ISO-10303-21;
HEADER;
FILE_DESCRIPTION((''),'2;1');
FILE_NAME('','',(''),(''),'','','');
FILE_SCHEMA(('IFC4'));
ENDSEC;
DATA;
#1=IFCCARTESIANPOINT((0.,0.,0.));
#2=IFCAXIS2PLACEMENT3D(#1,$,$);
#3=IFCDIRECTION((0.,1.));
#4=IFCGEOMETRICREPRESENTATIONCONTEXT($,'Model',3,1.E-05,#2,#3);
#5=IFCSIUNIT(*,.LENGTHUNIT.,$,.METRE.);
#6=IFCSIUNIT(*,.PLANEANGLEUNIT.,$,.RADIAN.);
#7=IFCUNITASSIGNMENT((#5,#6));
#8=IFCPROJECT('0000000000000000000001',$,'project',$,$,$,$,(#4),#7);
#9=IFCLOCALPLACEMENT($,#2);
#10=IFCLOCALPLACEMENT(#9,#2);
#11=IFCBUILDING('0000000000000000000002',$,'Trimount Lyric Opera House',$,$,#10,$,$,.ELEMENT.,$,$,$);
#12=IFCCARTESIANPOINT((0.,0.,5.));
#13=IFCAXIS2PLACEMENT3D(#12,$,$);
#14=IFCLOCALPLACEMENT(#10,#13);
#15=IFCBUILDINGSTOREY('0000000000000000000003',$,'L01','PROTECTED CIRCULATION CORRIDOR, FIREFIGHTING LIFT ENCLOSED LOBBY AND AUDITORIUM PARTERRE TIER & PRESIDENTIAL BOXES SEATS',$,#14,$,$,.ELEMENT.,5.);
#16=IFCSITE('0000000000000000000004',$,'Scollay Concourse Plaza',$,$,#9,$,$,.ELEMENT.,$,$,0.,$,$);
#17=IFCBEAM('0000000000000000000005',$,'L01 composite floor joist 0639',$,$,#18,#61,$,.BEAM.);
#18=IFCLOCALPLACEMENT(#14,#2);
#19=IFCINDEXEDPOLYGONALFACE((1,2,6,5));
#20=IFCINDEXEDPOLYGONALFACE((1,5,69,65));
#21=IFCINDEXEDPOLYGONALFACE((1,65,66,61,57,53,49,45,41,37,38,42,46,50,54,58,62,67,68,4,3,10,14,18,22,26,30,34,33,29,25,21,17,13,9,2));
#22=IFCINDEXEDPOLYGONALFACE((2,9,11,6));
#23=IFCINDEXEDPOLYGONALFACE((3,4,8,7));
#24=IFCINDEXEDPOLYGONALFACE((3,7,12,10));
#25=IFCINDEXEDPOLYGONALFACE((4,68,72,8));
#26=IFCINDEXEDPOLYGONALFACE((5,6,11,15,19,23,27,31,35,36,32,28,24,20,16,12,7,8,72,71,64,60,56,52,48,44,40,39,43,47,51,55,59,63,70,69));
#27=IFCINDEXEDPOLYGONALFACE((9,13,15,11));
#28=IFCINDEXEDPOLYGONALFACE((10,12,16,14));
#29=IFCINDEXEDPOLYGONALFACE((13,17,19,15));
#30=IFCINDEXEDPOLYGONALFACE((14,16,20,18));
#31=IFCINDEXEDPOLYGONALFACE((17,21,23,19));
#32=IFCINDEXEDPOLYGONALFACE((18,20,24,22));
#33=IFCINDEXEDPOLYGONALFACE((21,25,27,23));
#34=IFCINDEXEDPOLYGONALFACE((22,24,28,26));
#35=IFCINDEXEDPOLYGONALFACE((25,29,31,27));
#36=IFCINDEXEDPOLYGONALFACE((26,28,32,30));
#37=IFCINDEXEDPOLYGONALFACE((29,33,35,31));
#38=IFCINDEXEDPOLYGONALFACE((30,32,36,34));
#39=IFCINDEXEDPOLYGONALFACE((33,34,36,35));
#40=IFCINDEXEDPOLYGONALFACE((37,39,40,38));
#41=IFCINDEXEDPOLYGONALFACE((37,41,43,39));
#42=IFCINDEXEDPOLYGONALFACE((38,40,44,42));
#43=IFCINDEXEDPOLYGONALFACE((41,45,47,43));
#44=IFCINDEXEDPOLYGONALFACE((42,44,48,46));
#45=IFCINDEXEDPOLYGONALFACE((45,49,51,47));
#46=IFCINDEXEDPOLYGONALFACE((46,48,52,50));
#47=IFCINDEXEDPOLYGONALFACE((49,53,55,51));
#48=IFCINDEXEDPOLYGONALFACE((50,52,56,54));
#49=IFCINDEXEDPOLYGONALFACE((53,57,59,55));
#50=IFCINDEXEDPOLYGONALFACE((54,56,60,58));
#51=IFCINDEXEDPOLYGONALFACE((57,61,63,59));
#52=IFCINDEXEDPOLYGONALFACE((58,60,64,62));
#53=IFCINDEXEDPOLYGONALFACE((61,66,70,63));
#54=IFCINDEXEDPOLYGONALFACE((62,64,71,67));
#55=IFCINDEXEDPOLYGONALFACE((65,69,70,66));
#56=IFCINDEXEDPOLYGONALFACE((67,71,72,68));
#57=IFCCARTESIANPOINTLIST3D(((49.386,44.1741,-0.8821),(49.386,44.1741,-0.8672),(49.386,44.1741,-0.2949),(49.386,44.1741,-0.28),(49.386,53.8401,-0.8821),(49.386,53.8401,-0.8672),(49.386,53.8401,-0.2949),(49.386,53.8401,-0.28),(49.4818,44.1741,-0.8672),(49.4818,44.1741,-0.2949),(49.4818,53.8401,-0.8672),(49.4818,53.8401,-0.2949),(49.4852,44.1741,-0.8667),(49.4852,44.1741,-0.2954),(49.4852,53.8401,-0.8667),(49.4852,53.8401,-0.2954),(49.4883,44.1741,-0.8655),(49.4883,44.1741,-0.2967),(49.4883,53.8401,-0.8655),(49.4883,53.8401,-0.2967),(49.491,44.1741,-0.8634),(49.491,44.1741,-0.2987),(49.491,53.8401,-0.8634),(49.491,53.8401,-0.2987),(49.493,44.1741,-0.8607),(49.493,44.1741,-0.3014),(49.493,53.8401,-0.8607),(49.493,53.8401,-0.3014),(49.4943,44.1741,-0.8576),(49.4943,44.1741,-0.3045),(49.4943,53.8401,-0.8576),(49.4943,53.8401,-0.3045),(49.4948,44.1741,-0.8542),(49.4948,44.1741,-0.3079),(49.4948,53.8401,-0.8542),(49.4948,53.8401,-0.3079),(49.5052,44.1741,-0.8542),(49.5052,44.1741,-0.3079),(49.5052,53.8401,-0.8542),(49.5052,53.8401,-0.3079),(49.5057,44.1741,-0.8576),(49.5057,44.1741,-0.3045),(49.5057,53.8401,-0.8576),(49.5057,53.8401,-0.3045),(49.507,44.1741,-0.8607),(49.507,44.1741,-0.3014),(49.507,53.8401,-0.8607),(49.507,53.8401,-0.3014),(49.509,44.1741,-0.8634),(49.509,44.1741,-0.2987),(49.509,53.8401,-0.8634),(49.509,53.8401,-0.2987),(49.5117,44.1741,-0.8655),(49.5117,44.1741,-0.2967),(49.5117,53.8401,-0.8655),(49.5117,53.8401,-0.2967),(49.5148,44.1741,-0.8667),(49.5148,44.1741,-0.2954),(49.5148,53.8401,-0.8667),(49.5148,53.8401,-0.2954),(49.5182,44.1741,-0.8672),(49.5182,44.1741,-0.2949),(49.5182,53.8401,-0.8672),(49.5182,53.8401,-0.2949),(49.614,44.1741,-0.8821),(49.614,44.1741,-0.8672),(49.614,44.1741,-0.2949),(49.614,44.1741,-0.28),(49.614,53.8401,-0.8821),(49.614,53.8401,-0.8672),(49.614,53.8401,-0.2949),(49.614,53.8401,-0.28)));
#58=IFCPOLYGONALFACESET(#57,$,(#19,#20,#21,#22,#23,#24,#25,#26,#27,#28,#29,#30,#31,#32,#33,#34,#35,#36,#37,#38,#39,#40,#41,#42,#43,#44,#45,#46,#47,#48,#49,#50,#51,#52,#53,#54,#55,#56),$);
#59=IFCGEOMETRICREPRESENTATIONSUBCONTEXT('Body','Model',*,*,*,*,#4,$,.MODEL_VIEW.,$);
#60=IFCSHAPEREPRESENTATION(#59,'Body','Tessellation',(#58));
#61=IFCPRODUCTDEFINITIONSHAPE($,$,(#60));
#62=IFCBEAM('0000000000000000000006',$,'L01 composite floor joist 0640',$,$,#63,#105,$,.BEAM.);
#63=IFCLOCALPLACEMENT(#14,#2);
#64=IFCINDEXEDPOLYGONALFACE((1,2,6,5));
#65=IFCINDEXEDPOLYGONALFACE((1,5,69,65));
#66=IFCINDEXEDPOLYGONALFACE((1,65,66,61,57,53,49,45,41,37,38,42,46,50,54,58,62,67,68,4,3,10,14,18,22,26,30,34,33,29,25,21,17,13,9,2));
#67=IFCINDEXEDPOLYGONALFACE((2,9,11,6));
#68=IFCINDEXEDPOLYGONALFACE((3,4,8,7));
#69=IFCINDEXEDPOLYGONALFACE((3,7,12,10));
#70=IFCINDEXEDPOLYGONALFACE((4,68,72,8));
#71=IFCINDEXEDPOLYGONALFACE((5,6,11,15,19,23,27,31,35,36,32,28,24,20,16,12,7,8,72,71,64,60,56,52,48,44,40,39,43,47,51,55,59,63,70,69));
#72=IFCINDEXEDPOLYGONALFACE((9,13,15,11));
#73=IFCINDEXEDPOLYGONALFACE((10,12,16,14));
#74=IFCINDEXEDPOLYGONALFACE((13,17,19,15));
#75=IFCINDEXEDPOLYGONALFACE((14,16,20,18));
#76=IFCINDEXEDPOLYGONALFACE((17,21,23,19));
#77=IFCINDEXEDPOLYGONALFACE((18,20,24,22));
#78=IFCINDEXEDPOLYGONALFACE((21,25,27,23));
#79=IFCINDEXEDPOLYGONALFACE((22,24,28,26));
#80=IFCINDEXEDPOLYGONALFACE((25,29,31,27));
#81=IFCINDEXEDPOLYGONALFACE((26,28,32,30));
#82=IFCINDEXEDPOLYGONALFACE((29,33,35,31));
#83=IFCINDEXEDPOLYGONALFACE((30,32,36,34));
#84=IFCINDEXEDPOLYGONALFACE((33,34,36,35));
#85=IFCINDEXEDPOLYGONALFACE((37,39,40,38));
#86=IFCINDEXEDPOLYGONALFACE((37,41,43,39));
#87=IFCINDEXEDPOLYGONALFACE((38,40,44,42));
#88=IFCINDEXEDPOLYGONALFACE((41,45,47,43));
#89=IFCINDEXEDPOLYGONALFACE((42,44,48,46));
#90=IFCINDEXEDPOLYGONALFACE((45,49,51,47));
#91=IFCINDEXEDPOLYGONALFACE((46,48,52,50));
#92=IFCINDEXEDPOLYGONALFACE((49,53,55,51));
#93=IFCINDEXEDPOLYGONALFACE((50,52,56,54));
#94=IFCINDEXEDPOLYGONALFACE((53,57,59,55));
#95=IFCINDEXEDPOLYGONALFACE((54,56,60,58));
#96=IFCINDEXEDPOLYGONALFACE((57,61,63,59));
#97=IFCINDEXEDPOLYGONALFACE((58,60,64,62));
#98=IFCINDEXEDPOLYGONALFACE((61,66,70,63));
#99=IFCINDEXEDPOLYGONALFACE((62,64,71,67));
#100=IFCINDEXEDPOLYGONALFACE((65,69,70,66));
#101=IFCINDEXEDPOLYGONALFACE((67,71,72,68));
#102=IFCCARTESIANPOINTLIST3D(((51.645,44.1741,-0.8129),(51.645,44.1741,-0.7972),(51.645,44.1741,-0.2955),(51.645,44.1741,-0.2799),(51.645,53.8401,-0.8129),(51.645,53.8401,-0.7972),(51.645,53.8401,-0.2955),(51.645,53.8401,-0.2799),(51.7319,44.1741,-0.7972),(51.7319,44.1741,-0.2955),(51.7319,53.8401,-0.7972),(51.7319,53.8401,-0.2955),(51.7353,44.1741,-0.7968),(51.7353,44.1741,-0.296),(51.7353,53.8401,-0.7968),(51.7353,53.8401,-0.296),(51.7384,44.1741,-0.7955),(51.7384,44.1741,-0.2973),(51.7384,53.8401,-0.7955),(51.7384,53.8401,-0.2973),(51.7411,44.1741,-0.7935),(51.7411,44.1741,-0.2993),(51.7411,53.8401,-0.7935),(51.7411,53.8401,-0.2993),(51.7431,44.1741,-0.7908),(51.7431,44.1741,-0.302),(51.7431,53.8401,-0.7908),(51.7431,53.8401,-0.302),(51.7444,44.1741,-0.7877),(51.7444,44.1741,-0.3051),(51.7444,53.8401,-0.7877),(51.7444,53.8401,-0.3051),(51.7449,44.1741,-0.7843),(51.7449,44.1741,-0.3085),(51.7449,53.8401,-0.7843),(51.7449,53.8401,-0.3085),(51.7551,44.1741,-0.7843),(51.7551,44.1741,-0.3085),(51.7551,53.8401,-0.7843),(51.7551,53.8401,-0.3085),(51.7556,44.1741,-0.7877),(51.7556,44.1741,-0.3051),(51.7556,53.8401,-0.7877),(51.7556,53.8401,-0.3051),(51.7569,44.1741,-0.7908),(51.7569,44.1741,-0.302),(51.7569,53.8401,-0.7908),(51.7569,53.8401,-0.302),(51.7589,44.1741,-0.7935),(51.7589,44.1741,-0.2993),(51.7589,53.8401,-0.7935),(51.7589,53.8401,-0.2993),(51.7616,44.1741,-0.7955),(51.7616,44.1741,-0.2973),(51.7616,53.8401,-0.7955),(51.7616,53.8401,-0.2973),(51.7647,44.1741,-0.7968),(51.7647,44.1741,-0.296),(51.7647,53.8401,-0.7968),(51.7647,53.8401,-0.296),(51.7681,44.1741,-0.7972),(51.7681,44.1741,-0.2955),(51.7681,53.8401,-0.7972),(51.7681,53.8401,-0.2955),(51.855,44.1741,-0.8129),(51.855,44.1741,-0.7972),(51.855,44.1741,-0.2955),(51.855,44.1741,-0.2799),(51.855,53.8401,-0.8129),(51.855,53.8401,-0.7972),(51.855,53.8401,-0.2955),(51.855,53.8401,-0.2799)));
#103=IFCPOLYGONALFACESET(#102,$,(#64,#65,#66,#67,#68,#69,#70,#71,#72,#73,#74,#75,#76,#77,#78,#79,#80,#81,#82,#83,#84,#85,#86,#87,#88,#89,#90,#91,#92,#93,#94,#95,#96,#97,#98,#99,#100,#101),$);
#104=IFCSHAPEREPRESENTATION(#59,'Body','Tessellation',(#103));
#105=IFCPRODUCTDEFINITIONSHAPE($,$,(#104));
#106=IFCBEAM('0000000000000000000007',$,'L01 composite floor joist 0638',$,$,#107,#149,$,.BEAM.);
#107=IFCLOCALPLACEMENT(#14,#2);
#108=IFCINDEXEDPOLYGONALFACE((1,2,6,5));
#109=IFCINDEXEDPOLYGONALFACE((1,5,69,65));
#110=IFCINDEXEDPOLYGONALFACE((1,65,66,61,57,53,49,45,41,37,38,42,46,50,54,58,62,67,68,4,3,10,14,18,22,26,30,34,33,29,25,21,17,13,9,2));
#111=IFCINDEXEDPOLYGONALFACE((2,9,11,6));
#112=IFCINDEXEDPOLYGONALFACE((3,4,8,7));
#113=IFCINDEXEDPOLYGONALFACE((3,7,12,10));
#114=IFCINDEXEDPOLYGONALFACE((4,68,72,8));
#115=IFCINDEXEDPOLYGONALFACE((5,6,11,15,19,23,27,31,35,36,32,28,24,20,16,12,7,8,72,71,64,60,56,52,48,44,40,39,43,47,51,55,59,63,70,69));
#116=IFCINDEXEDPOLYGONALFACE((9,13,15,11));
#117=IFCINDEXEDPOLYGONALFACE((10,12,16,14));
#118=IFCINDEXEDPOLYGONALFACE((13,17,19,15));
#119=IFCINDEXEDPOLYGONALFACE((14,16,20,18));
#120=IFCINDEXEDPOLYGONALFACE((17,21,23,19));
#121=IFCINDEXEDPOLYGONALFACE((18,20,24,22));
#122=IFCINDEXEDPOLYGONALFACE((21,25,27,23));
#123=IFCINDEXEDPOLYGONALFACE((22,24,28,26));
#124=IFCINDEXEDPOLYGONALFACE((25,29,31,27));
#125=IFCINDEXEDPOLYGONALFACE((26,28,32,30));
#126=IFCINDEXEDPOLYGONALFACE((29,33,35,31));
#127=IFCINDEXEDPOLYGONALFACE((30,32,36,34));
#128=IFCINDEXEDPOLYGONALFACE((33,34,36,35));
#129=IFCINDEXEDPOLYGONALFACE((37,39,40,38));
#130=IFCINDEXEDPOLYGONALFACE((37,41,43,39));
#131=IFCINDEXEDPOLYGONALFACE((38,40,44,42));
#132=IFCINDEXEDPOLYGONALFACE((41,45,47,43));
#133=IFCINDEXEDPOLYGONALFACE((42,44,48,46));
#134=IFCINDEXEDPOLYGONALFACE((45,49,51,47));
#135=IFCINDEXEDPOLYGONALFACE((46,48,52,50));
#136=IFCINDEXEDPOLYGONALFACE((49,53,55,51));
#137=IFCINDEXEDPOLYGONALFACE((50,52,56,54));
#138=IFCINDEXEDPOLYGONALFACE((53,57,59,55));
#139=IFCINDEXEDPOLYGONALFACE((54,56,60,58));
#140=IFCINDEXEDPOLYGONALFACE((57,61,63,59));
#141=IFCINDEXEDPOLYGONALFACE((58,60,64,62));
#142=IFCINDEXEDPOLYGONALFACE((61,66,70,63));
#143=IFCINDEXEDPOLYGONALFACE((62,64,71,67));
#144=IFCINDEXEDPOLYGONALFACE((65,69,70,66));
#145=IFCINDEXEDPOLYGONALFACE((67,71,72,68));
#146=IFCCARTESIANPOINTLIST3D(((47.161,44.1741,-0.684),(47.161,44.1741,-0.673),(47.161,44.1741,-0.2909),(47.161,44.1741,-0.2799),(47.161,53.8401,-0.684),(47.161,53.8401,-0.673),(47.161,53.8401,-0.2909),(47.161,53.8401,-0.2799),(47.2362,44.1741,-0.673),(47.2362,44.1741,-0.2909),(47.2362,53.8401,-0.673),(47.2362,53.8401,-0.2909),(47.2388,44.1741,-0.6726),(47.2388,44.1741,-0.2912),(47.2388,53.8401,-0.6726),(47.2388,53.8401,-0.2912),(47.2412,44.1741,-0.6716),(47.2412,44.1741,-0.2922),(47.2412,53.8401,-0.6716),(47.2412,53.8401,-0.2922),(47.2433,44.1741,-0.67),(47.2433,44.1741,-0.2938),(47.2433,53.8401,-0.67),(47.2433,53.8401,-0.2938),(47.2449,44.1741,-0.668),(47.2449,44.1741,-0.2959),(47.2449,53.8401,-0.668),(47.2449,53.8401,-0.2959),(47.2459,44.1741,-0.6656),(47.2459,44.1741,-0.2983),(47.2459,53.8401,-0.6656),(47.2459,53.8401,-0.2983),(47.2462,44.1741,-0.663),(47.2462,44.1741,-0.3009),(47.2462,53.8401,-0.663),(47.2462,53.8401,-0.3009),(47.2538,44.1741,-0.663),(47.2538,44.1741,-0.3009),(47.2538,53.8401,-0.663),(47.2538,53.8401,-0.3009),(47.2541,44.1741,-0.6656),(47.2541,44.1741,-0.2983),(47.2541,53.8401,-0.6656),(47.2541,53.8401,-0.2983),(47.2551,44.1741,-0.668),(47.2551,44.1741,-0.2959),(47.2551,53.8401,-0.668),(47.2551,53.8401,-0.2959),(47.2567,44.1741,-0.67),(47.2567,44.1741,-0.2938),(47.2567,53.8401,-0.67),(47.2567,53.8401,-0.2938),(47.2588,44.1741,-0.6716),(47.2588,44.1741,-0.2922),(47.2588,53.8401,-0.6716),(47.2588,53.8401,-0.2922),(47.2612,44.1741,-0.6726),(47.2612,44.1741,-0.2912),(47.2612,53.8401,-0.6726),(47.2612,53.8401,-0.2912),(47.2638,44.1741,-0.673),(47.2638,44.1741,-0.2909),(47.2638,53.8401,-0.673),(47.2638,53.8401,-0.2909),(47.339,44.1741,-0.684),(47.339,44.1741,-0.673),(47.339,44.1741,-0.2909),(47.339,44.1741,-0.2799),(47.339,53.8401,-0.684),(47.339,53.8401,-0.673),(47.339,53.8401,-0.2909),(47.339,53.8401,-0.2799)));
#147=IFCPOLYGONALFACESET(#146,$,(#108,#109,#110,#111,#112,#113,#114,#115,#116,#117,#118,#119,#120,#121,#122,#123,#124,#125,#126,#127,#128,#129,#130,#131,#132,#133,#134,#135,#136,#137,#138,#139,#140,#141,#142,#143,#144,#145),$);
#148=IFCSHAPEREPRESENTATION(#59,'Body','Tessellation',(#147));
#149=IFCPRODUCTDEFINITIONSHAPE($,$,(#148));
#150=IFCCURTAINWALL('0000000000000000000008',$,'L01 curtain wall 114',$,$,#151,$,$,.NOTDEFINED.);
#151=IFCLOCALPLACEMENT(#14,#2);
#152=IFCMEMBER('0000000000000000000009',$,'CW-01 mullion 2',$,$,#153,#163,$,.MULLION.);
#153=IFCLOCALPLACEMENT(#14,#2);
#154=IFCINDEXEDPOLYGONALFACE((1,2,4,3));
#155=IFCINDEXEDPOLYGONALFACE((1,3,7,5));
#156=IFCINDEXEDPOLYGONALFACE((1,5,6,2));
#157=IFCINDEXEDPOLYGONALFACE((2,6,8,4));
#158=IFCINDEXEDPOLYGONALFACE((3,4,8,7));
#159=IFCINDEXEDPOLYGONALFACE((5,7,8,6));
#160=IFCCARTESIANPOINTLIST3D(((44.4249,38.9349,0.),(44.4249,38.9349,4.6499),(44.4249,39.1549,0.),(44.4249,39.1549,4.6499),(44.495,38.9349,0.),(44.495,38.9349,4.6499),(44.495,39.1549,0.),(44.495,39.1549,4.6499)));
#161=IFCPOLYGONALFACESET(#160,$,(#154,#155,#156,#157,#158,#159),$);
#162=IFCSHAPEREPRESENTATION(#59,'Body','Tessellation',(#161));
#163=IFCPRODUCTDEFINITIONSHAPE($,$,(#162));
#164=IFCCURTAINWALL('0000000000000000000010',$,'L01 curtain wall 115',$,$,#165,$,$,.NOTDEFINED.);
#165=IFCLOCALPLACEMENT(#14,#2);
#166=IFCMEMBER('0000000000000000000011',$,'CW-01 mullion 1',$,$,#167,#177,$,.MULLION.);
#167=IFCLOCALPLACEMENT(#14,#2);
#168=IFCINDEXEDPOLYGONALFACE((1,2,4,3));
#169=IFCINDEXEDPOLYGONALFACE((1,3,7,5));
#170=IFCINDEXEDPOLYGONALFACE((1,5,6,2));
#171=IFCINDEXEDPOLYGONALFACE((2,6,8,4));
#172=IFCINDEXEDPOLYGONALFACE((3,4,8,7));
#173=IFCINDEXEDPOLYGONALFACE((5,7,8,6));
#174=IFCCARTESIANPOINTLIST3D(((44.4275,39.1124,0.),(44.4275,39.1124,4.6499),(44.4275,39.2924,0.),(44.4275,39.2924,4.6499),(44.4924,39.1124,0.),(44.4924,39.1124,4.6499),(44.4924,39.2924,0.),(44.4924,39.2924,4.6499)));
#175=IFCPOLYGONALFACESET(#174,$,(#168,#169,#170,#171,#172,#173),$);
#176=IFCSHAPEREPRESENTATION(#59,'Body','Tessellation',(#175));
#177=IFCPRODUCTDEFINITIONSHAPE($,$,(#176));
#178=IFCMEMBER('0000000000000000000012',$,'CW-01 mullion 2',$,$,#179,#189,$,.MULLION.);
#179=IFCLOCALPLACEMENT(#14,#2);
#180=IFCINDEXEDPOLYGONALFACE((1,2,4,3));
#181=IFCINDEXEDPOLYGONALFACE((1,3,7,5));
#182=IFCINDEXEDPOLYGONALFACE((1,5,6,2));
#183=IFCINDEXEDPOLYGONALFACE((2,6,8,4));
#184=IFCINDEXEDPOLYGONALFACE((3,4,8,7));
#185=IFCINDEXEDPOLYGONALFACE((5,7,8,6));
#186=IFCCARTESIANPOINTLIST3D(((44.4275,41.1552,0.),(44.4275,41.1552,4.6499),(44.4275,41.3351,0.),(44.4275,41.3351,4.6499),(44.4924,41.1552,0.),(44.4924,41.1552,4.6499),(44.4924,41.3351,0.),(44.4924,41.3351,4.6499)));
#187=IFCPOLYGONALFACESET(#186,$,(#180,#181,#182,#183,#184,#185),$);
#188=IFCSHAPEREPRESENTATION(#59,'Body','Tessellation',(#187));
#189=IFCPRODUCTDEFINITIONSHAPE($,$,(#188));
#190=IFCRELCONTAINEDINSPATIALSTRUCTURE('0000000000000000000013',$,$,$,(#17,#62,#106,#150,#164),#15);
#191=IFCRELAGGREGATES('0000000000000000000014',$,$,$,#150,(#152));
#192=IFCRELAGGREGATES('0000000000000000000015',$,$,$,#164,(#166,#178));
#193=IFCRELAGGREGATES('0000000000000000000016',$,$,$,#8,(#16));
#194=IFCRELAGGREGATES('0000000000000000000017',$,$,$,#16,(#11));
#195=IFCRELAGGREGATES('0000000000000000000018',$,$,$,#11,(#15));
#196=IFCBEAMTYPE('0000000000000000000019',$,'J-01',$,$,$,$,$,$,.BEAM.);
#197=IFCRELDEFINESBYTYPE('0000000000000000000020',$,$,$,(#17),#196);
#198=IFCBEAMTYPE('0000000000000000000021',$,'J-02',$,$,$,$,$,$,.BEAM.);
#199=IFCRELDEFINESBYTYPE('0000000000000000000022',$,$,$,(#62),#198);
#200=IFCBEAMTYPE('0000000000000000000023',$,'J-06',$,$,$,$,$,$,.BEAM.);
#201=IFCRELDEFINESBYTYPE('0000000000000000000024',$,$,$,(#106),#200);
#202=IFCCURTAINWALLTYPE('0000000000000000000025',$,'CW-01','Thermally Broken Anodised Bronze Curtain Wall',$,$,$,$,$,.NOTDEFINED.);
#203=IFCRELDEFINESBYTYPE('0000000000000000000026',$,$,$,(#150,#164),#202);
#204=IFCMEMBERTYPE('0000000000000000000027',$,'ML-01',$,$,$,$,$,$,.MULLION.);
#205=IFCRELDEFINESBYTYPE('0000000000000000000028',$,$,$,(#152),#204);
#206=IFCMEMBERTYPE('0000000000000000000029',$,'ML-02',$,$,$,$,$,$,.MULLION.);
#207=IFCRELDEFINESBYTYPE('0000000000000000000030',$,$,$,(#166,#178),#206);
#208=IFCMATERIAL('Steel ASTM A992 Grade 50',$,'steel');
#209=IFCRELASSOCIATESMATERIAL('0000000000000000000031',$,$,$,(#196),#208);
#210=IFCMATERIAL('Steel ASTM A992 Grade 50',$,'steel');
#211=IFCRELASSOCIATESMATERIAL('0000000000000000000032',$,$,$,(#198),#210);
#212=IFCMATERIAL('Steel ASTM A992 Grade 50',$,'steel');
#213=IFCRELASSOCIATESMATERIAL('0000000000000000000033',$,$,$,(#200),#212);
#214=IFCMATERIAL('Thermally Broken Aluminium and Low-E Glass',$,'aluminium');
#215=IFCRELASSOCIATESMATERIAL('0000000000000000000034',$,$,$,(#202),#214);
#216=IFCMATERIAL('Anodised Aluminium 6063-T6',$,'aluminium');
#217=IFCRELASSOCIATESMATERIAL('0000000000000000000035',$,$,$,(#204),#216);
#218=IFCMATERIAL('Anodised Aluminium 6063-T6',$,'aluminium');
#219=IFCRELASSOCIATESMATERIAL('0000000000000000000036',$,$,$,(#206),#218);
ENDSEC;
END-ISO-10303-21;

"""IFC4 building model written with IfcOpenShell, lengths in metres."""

from ifc_helpers import new_model, si_unit, direction, frame, origin, origin_2d, place, context, subcontext, project, spatial, rectangle, i_section, extrude, material, material_profile, profile_set, type_object, element, aggregate, save


model = new_model("IFC4")

# Units and contexts
model_context = context("Model", 3, precision=1e-05, world=origin(), true_north=direction((0.0, 1.0)))
body_context = subcontext(model_context, "Body", "Model", "MODEL_VIEW")
ifc_project = project(units=[si_unit("LENGTHUNIT", "METRE"), si_unit("PLANEANGLEUNIT", "RADIAN")], contexts=[model_context])

# Site, building, storey
site_placement = place(None, origin())
site = spatial("IfcSite", under=ifc_project, at=site_placement, Name="Scollay Concourse Plaza", CompositionType="ELEMENT", RefElevation=0.0)
building_placement = place(site_placement, origin())
building = spatial("IfcBuilding", under=site, at=building_placement, Name="Trimount Lyric Opera House", CompositionType="ELEMENT")
storey_placement = place(building_placement, frame((0.0, 0.0, 5.0)))
storey = spatial("IfcBuildingStorey", under=building, at=storey_placement, Name="L01", Description="PROTECTED CIRCULATION CORRIDOR, FIREFIGHTING LIFT ENCLOSED LOBBY AND AUDITORIUM PARTERRE TIER & PRESIDENTIAL BOXES SEATS", CompositionType="ELEMENT", Elevation=5.0)

# Beams
ifc_material_1 = material(Name="Steel ASTM A992 Grade 50", Category="steel")
ifc_material_profile_1 = material_profile(ifc_material_1, i_section(OverallWidth=0.228, OverallDepth=0.6021, WebThickness=0.0105, FlangeThickness=0.0149, FilletRadius=0.0129, at=origin_2d()), Name="W24X68")
ifc_profile_set_1 = profile_set([ifc_material_profile_1], Name="Steel ASTM A992 Grade 50")
beam_type_1 = type_object("IfcBeamType", Name="J-01", PredefinedType="BEAM", material=ifc_profile_set_1)
beam_1_placement = place(storey_placement, frame((49.5, 44.1741, -0.5811), z_axis=(0.0, 1.0, 0.0), x_axis=(-1.0, 0.0, 0.0)))
element("IfcBeam", 1, at=beam_1_placement, inside=storey, type_object=beam_type_1, Name="L01 composite floor joist 0639", PredefinedType="BEAM", context=body_context, shape_type="SweptSolid", body=[
    extrude(i_section(OverallWidth=0.228, OverallDepth=0.6021, WebThickness=0.0105, FlangeThickness=0.0149, FilletRadius=0.0129, at=origin_2d()), origin(), (0.0, 0.0, 1.0), 9.666),
])
ifc_material_2 = material(Name="Steel ASTM A992 Grade 50", Category="steel")
ifc_material_profile_2 = material_profile(ifc_material_2, i_section(OverallWidth=0.21, OverallDepth=0.533, WebThickness=0.0103, FlangeThickness=0.0156, FilletRadius=0.0129, at=origin_2d()), Name="W21X62")
ifc_profile_set_2 = profile_set([ifc_material_profile_2], Name="Steel ASTM A992 Grade 50")
beam_type_2 = type_object("IfcBeamType", Name="J-02", PredefinedType="BEAM", material=ifc_profile_set_2)
beam_2_placement = place(storey_placement, frame((51.75, 44.1741, -0.5464), z_axis=(0.0, 1.0, 0.0), x_axis=(-1.0, 0.0, 0.0)))
element("IfcBeam", 2, at=beam_2_placement, inside=storey, type_object=beam_type_2, Name="L01 composite floor joist 0640", PredefinedType="BEAM", context=body_context, shape_type="SweptSolid", body=[
    extrude(i_section(OverallWidth=0.21, OverallDepth=0.533, WebThickness=0.0103, FlangeThickness=0.0156, FilletRadius=0.0129, at=origin_2d()), origin(), (0.0, 0.0, 1.0), 9.666),
])
ifc_material_3 = material(Name="Steel ASTM A992 Grade 50", Category="steel")
ifc_material_profile_3 = material_profile(ifc_material_3, i_section(OverallWidth=0.178, OverallDepth=0.4041, WebThickness=0.0076, FlangeThickness=0.011, FilletRadius=0.01, at=origin_2d()), Name="W16X36")
ifc_profile_set_3 = profile_set([ifc_material_profile_3], Name="Steel ASTM A992 Grade 50")
beam_type_3 = type_object("IfcBeamType", Name="J-06", PredefinedType="BEAM", material=ifc_profile_set_3)
beam_3_placement = place(storey_placement, frame((47.25, 44.1741, -0.4819), z_axis=(0.0, 1.0, 0.0), x_axis=(-1.0, 0.0, 0.0)))
element("IfcBeam", 3, at=beam_3_placement, inside=storey, type_object=beam_type_3, Name="L01 composite floor joist 0638", PredefinedType="BEAM", context=body_context, shape_type="SweptSolid", body=[
    extrude(i_section(OverallWidth=0.178, OverallDepth=0.4041, WebThickness=0.0076, FlangeThickness=0.011, FilletRadius=0.01, at=origin_2d()), origin(), (0.0, 0.0, 1.0), 9.666),
])

# Curtain wall, member
ifc_material_4 = material(Name="Thermally Broken Aluminium and Low-E Glass", Category="aluminium")
curtain_wall_type = type_object("IfcCurtainWallType", Name="CW-01", Description="Thermally Broken Anodised Bronze Curtain Wall", PredefinedType="NOTDEFINED", material=ifc_material_4)
curtain_wall_1_placement = place(storey_placement, origin())
curtain_wall_1 = element("IfcCurtainWall", 4, at=curtain_wall_1_placement, inside=storey, type_object=curtain_wall_type, Name="L01 curtain wall 114", PredefinedType="NOTDEFINED")
ifc_material_5 = material(Name="Anodised Aluminium 6063-T6", Category="aluminium")
ifc_material_profile_4 = material_profile(ifc_material_5, rectangle(XDim=0.0701, YDim=0.22, at=origin_2d()), Name="ALU-MULL-70X220")
ifc_profile_set_4 = profile_set([ifc_material_profile_4], Name="Anodised Aluminium 6063-T6")
member_type_1 = type_object("IfcMemberType", Name="ML-01", PredefinedType="MULLION", material=ifc_profile_set_4)
member_1_placement = place(storey_placement, frame((44.46, 39.0449, 0.0), z_axis=(0.0, 0.0, 1.0), x_axis=(-1.0, 0.0, 0.0)))
member_1 = element("IfcMember", 5, at=member_1_placement, type_object=member_type_1, Name="CW-01 mullion 2", PredefinedType="MULLION", context=body_context, shape_type="SweptSolid", body=[
    extrude(rectangle(XDim=0.0701, YDim=0.22, at=origin_2d()), origin(), (0.0, 0.0, 1.0), 4.6499),
])

# Curtain wall, members
curtain_wall_2_placement = place(storey_placement, origin())
curtain_wall_2 = element("IfcCurtainWall", 6, at=curtain_wall_2_placement, inside=storey, type_object=curtain_wall_type, Name="L01 curtain wall 115", PredefinedType="NOTDEFINED")
ifc_material_6 = material(Name="Anodised Aluminium 6063-T6", Category="aluminium")
ifc_material_profile_5 = material_profile(ifc_material_6, rectangle(XDim=0.0649, YDim=0.1799, at=origin_2d()), Name="ALU-MULL-65X180")
ifc_profile_set_5 = profile_set([ifc_material_profile_5], Name="Anodised Aluminium 6063-T6")
member_type_2 = type_object("IfcMemberType", Name="ML-02", PredefinedType="MULLION", material=ifc_profile_set_5)
member_2_placement = place(storey_placement, frame((44.46, 39.2024, 0.0), z_axis=(0.0, 0.0, 1.0), x_axis=(-1.0, 0.0, 0.0)))
member_2 = element("IfcMember", 7, at=member_2_placement, type_object=member_type_2, Name="CW-01 mullion 1", PredefinedType="MULLION", context=body_context, shape_type="SweptSolid", body=[
    extrude(rectangle(XDim=0.0649, YDim=0.1799, at=origin_2d()), origin(), (0.0, 0.0, 1.0), 4.6499),
])
member_3_placement = place(storey_placement, frame((44.46, 41.2451, 0.0), z_axis=(0.0, 0.0, 1.0), x_axis=(-1.0, 0.0, 0.0)))
member_3 = element("IfcMember", 8, at=member_3_placement, type_object=member_type_2, Name="CW-01 mullion 2", PredefinedType="MULLION", context=body_context, shape_type="SweptSolid", body=[
    extrude(rectangle(XDim=0.0649, YDim=0.1799, at=origin_2d()), origin(), (0.0, 0.0, 1.0), 4.6499),
])

aggregate(curtain_wall_1, [member_1])
aggregate(curtain_wall_2, [member_2, member_3])

save(model, "model.ifc")
